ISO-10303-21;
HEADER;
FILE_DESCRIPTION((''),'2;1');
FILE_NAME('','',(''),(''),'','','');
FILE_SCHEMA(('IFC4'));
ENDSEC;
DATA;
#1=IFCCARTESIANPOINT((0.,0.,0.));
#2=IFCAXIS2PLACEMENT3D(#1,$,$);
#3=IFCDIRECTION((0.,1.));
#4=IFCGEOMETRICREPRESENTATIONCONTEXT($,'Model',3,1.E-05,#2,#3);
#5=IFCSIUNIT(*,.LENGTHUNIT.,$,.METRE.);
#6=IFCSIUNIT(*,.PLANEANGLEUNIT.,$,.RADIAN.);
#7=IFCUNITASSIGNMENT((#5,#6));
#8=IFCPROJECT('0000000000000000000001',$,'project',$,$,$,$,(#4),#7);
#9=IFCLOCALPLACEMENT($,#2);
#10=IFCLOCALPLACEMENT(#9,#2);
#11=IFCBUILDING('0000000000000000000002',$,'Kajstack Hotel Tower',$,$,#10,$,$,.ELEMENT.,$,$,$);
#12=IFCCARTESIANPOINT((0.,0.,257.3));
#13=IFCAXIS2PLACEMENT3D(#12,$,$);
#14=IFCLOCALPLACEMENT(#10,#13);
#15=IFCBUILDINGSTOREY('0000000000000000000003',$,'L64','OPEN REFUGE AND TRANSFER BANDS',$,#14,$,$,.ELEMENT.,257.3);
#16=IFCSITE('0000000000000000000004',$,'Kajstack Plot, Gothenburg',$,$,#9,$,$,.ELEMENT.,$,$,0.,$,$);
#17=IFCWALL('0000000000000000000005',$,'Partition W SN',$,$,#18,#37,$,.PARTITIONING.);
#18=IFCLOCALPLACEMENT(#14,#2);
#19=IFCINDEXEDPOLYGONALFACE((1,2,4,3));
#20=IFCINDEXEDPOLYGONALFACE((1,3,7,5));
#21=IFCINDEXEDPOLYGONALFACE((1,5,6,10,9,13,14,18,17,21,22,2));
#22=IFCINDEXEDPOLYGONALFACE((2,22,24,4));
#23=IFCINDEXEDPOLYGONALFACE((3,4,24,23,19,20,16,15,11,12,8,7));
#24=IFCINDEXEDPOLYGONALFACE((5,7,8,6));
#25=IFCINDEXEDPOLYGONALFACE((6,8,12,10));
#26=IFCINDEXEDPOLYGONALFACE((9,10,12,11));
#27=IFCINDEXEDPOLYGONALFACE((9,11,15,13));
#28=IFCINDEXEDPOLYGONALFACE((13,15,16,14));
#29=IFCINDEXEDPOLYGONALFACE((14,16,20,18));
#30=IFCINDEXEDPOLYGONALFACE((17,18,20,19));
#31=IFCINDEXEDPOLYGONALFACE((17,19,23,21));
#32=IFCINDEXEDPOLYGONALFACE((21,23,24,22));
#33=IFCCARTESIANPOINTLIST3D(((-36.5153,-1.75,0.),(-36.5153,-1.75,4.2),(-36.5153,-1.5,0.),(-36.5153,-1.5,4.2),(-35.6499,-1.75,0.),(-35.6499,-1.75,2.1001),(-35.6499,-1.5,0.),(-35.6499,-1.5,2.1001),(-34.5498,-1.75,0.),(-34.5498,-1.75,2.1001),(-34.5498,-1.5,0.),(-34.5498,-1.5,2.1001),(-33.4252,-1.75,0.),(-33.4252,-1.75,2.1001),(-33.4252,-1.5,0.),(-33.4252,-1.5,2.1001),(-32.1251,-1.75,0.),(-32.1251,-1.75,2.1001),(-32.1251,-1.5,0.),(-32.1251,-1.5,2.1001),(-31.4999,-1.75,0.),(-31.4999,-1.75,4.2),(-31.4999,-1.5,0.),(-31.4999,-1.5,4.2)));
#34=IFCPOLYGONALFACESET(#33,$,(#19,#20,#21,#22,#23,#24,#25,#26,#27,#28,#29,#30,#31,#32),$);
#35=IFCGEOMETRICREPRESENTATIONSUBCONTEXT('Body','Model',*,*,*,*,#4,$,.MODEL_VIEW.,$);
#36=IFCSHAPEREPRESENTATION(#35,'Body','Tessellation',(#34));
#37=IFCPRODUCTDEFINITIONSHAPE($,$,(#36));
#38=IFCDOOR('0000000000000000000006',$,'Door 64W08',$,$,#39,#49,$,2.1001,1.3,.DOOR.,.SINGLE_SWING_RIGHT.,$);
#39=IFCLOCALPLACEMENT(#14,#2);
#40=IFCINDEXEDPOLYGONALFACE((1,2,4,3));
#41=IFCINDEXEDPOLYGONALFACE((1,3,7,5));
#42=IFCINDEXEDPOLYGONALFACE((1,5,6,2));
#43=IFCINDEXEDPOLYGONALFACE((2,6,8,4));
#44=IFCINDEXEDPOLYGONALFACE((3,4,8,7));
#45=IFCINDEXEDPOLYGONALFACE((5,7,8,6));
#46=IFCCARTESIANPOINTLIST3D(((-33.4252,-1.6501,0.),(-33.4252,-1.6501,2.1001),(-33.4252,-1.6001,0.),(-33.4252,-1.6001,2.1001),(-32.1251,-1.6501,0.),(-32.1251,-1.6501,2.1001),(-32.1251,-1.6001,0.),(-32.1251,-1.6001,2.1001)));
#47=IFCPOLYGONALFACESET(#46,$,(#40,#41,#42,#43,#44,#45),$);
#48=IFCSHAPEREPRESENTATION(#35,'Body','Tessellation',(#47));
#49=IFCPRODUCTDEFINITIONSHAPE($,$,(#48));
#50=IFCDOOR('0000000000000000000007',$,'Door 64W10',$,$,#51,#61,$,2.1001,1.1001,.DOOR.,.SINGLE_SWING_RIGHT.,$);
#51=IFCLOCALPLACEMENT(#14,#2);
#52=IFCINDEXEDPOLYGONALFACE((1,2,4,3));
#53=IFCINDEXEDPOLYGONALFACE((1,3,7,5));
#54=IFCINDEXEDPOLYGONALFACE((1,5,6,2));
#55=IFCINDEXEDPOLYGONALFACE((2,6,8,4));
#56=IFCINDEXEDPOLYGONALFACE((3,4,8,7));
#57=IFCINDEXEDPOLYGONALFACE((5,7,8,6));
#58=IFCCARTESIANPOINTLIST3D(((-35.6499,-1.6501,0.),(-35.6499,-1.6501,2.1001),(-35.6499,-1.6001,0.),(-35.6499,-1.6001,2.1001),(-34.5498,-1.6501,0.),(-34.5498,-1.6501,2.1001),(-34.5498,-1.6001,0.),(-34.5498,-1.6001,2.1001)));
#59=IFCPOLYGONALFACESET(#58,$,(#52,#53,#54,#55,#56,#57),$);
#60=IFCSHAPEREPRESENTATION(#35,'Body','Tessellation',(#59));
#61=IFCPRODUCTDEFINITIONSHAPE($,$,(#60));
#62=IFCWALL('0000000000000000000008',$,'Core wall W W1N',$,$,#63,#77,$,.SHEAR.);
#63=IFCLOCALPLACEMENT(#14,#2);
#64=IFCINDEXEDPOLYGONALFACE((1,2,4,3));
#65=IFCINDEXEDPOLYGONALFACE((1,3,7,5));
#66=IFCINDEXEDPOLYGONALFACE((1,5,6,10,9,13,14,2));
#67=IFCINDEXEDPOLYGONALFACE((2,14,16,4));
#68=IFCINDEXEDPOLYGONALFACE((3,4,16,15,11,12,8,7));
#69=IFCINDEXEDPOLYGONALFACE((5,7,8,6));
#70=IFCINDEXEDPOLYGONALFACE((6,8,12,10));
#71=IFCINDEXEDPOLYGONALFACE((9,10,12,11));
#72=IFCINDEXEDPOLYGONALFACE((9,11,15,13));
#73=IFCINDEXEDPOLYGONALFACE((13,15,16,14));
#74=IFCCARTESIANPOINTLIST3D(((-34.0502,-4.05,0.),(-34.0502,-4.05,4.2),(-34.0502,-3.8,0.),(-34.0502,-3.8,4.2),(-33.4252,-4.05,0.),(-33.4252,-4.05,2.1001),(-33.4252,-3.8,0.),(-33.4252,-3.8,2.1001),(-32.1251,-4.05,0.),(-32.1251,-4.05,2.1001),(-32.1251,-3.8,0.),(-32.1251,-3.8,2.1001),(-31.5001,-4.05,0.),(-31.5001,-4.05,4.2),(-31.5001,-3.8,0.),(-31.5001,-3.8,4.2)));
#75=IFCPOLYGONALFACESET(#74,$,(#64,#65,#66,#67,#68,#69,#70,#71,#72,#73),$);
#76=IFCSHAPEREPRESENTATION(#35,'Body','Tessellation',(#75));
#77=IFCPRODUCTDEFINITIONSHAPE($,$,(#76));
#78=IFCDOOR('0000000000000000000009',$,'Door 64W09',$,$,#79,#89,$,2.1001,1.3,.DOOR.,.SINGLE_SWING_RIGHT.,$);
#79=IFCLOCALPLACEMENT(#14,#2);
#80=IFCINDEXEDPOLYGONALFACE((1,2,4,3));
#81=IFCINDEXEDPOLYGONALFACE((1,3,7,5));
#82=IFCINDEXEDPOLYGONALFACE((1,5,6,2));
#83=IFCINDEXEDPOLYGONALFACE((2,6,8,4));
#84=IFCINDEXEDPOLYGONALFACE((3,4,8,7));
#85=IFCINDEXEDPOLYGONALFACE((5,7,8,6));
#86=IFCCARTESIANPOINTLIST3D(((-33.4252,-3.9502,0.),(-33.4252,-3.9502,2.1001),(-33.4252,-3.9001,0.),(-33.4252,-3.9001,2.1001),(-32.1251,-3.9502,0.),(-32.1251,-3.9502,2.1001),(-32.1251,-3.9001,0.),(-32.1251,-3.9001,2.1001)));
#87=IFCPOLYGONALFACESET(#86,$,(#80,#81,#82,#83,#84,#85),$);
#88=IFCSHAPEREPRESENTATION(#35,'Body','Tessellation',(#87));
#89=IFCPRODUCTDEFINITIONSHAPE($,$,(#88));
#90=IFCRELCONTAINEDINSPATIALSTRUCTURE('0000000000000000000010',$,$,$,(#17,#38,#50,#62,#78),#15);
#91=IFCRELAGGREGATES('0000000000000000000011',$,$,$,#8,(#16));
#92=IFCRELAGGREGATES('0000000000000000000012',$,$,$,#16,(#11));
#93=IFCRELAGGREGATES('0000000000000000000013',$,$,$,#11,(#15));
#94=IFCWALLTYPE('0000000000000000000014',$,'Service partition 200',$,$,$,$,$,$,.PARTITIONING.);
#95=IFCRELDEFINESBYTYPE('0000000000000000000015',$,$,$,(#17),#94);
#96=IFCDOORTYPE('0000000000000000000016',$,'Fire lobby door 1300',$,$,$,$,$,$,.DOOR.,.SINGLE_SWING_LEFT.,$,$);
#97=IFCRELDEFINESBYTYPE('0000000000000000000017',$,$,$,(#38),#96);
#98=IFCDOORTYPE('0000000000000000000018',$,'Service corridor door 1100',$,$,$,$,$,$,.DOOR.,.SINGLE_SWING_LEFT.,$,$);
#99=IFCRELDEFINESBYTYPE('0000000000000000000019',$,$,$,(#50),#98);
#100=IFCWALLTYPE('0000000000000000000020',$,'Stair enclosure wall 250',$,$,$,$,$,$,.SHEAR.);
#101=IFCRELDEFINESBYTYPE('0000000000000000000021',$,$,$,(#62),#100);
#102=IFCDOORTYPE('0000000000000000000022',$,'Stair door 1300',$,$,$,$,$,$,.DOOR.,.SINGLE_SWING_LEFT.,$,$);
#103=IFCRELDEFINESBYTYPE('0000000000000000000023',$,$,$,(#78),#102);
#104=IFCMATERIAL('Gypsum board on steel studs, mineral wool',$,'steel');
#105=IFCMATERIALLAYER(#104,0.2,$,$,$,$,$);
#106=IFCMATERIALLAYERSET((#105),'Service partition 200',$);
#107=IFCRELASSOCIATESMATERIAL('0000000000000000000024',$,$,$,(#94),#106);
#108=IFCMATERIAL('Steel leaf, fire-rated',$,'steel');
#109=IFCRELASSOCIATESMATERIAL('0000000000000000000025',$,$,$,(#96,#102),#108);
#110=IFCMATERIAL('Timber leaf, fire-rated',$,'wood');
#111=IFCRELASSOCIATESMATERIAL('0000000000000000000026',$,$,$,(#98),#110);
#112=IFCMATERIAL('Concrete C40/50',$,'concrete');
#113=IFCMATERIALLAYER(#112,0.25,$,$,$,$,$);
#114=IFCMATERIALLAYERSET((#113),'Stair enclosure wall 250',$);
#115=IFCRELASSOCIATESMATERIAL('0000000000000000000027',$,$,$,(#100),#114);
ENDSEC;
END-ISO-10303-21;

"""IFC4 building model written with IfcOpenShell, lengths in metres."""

from ifc_helpers import new_model, si_unit, direction, frame, frame_2d, origin, place, context, subcontext, project, spatial, rectangle, extrude, material, layer, layer_set, type_object, element, fill, save


model = new_model("IFC4")

# Units and contexts
model_context = context("Model", 3, precision=1e-05, world=origin(), true_north=direction((0.0, 1.0)))
body_context = subcontext(model_context, "Body", "Model", "MODEL_VIEW")
ifc_project = project(units=[si_unit("LENGTHUNIT", "METRE"), si_unit("PLANEANGLEUNIT", "RADIAN")], contexts=[model_context])

# Site, building, storey
site_placement = place(None, origin())
site = spatial("IfcSite", under=ifc_project, at=site_placement, Name="Kajstack Plot, Gothenburg", CompositionType="ELEMENT", RefElevation=0.0)
building_placement = place(site_placement, origin())
building = spatial("IfcBuilding", under=site, at=building_placement, Name="Kajstack Hotel Tower", CompositionType="ELEMENT")
storey_placement = place(building_placement, frame((0.0, 0.0, 257.3)))
storey = spatial("IfcBuildingStorey", under=building, at=storey_placement, Name="L64", Description="OPEN REFUGE AND TRANSFER BANDS", CompositionType="ELEMENT", Elevation=257.3)

# Wall, openings, doors
ifc_material_1 = material(Name="Gypsum board on steel studs, mineral wool", Category="steel")
ifc_layer_1 = layer(ifc_material_1, 0.2)
ifc_layer_set_1 = layer_set([ifc_layer_1], Name="Service partition 200")
wall_type_1 = type_object("IfcWallType", Name="Service partition 200", PredefinedType="PARTITIONING", material=ifc_layer_set_1)
wall_1_placement = place(storey_placement, frame((-36.5154, -1.625, 0.0), z_axis=(0.0, 0.0, 1.0), x_axis=(1.0, 0.0, 0.0)))
wall_1 = element("IfcWall", 1, at=wall_1_placement, inside=storey, type_object=wall_type_1, Name="Partition W SN", PredefinedType="PARTITIONING", context=body_context, shape_type="SweptSolid", body=[
    extrude(rectangle(XDim=5.0154, YDim=0.25, at=frame_2d((2.5078, 0.0))), origin(), (0.0, 0.0, 1.0), 4.2),
])
opening_1_placement = place(wall_1_placement, frame((3.0903, 0.0, 0.0)))
opening_1 = element("IfcOpeningElement", 2, at=opening_1_placement, cuts=wall_1, PredefinedType="OPENING", context=body_context, shape_type="SweptSolid", body=[
    extrude(rectangle(XDim=1.3, YDim=2.1001, at=frame_2d((0.6499, 1.05))), frame((0.0, 0.135, 0.0), z_axis=(0.0, -1.0, 0.0), x_axis=(1.0, 0.0, 0.0)), (0.0, 0.0, 1.0), 0.27),
])
opening_2_placement = place(wall_1_placement, frame((0.8655, 0.0, 0.0)))
opening_2 = element("IfcOpeningElement", 3, at=opening_2_placement, cuts=wall_1, PredefinedType="OPENING", context=body_context, shape_type="SweptSolid", body=[
    extrude(rectangle(XDim=1.1001, YDim=2.1001, at=frame_2d((0.55, 1.05))), frame((0.0, 0.135, 0.0), z_axis=(0.0, -1.0, 0.0), x_axis=(1.0, 0.0, 0.0)), (0.0, 0.0, 1.0), 0.27),
])
ifc_material_2 = material(Name="Steel leaf, fire-rated", Category="steel")
door_type_1 = type_object("IfcDoorType", Name="Fire lobby door 1300", OperationType="SINGLE_SWING_LEFT", PredefinedType="DOOR", material=ifc_material_2)
door_1_placement = place(opening_1_placement, origin())
door_1 = element("IfcDoor", 4, at=door_1_placement, inside=storey, type_object=door_type_1, Name="Door 64W08", OperationType="SINGLE_SWING_RIGHT", OverallHeight=2.1001, OverallWidth=1.3, PredefinedType="DOOR", context=body_context, shape_type="SweptSolid", body=[
    extrude(rectangle(XDim=1.3, YDim=2.1001, at=frame_2d((0.6499, 1.05))), frame((0.0, 0.0249, 0.0), z_axis=(0.0, -1.0, 0.0), x_axis=(1.0, 0.0, 0.0)), (0.0, 0.0, 1.0), 0.05),
])
fill(opening_1, door_1)
ifc_material_3 = material(Name="Timber leaf, fire-rated", Category="wood")
door_type_2 = type_object("IfcDoorType", Name="Service corridor door 1100", OperationType="SINGLE_SWING_LEFT", PredefinedType="DOOR", material=ifc_material_3)
door_2_placement = place(opening_2_placement, origin())
door_2 = element("IfcDoor", 5, at=door_2_placement, inside=storey, type_object=door_type_2, Name="Door 64W10", OperationType="SINGLE_SWING_RIGHT", OverallHeight=2.1001, OverallWidth=1.1001, PredefinedType="DOOR", context=body_context, shape_type="SweptSolid", body=[
    extrude(rectangle(XDim=1.1001, YDim=2.1001, at=frame_2d((0.55, 1.05))), frame((0.0, 0.0249, 0.0), z_axis=(0.0, -1.0, 0.0), x_axis=(1.0, 0.0, 0.0)), (0.0, 0.0, 1.0), 0.05),
])
fill(opening_2, door_2)

# Wall, opening, door
ifc_material_4 = material(Name="Concrete C40/50", Category="concrete")
ifc_layer_2 = layer(ifc_material_4, 0.25)
ifc_layer_set_2 = layer_set([ifc_layer_2], Name="Stair enclosure wall 250")
wall_type_2 = type_object("IfcWallType", Name="Stair enclosure wall 250", PredefinedType="SHEAR", material=ifc_layer_set_2)
wall_2_placement = place(storey_placement, frame((-34.05, -3.925, 0.0), z_axis=(0.0, 0.0, 1.0), x_axis=(1.0, 0.0, 0.0)))
wall_2 = element("IfcWall", 6, at=wall_2_placement, inside=storey, type_object=wall_type_2, Name="Core wall W W1N", PredefinedType="SHEAR", context=body_context, shape_type="SweptSolid", body=[
    extrude(rectangle(XDim=2.55, YDim=0.25, at=frame_2d((1.2749, 0.0))), origin(), (0.0, 0.0, 1.0), 4.2),
])
opening_3_placement = place(wall_2_placement, frame((0.625, 0.0, 0.0)))
opening_3 = element("IfcOpeningElement", 7, at=opening_3_placement, cuts=wall_2, PredefinedType="OPENING", context=body_context, shape_type="SweptSolid", body=[
    extrude(rectangle(XDim=1.3, YDim=2.1001, at=frame_2d((0.6499, 1.05))), frame((0.0, 0.135, 0.0), z_axis=(0.0, -1.0, 0.0), x_axis=(1.0, 0.0, 0.0)), (0.0, 0.0, 1.0), 0.27),
])
door_type_3 = type_object("IfcDoorType", Name="Stair door 1300", OperationType="SINGLE_SWING_LEFT", PredefinedType="DOOR", material=ifc_material_2)
door_3_placement = place(opening_3_placement, origin())
door_3 = element("IfcDoor", 8, at=door_3_placement, inside=storey, type_object=door_type_3, Name="Door 64W09", OperationType="SINGLE_SWING_RIGHT", OverallHeight=2.1001, OverallWidth=1.3, PredefinedType="DOOR", context=body_context, shape_type="SweptSolid", body=[
    extrude(rectangle(XDim=1.3, YDim=2.1001, at=frame_2d((0.6499, 1.05))), frame((0.0, 0.0249, 0.0), z_axis=(0.0, -1.0, 0.0), x_axis=(1.0, 0.0, 0.0)), (0.0, 0.0, 1.0), 0.05),
])
fill(opening_3, door_3)

save(model, "model.ifc")
